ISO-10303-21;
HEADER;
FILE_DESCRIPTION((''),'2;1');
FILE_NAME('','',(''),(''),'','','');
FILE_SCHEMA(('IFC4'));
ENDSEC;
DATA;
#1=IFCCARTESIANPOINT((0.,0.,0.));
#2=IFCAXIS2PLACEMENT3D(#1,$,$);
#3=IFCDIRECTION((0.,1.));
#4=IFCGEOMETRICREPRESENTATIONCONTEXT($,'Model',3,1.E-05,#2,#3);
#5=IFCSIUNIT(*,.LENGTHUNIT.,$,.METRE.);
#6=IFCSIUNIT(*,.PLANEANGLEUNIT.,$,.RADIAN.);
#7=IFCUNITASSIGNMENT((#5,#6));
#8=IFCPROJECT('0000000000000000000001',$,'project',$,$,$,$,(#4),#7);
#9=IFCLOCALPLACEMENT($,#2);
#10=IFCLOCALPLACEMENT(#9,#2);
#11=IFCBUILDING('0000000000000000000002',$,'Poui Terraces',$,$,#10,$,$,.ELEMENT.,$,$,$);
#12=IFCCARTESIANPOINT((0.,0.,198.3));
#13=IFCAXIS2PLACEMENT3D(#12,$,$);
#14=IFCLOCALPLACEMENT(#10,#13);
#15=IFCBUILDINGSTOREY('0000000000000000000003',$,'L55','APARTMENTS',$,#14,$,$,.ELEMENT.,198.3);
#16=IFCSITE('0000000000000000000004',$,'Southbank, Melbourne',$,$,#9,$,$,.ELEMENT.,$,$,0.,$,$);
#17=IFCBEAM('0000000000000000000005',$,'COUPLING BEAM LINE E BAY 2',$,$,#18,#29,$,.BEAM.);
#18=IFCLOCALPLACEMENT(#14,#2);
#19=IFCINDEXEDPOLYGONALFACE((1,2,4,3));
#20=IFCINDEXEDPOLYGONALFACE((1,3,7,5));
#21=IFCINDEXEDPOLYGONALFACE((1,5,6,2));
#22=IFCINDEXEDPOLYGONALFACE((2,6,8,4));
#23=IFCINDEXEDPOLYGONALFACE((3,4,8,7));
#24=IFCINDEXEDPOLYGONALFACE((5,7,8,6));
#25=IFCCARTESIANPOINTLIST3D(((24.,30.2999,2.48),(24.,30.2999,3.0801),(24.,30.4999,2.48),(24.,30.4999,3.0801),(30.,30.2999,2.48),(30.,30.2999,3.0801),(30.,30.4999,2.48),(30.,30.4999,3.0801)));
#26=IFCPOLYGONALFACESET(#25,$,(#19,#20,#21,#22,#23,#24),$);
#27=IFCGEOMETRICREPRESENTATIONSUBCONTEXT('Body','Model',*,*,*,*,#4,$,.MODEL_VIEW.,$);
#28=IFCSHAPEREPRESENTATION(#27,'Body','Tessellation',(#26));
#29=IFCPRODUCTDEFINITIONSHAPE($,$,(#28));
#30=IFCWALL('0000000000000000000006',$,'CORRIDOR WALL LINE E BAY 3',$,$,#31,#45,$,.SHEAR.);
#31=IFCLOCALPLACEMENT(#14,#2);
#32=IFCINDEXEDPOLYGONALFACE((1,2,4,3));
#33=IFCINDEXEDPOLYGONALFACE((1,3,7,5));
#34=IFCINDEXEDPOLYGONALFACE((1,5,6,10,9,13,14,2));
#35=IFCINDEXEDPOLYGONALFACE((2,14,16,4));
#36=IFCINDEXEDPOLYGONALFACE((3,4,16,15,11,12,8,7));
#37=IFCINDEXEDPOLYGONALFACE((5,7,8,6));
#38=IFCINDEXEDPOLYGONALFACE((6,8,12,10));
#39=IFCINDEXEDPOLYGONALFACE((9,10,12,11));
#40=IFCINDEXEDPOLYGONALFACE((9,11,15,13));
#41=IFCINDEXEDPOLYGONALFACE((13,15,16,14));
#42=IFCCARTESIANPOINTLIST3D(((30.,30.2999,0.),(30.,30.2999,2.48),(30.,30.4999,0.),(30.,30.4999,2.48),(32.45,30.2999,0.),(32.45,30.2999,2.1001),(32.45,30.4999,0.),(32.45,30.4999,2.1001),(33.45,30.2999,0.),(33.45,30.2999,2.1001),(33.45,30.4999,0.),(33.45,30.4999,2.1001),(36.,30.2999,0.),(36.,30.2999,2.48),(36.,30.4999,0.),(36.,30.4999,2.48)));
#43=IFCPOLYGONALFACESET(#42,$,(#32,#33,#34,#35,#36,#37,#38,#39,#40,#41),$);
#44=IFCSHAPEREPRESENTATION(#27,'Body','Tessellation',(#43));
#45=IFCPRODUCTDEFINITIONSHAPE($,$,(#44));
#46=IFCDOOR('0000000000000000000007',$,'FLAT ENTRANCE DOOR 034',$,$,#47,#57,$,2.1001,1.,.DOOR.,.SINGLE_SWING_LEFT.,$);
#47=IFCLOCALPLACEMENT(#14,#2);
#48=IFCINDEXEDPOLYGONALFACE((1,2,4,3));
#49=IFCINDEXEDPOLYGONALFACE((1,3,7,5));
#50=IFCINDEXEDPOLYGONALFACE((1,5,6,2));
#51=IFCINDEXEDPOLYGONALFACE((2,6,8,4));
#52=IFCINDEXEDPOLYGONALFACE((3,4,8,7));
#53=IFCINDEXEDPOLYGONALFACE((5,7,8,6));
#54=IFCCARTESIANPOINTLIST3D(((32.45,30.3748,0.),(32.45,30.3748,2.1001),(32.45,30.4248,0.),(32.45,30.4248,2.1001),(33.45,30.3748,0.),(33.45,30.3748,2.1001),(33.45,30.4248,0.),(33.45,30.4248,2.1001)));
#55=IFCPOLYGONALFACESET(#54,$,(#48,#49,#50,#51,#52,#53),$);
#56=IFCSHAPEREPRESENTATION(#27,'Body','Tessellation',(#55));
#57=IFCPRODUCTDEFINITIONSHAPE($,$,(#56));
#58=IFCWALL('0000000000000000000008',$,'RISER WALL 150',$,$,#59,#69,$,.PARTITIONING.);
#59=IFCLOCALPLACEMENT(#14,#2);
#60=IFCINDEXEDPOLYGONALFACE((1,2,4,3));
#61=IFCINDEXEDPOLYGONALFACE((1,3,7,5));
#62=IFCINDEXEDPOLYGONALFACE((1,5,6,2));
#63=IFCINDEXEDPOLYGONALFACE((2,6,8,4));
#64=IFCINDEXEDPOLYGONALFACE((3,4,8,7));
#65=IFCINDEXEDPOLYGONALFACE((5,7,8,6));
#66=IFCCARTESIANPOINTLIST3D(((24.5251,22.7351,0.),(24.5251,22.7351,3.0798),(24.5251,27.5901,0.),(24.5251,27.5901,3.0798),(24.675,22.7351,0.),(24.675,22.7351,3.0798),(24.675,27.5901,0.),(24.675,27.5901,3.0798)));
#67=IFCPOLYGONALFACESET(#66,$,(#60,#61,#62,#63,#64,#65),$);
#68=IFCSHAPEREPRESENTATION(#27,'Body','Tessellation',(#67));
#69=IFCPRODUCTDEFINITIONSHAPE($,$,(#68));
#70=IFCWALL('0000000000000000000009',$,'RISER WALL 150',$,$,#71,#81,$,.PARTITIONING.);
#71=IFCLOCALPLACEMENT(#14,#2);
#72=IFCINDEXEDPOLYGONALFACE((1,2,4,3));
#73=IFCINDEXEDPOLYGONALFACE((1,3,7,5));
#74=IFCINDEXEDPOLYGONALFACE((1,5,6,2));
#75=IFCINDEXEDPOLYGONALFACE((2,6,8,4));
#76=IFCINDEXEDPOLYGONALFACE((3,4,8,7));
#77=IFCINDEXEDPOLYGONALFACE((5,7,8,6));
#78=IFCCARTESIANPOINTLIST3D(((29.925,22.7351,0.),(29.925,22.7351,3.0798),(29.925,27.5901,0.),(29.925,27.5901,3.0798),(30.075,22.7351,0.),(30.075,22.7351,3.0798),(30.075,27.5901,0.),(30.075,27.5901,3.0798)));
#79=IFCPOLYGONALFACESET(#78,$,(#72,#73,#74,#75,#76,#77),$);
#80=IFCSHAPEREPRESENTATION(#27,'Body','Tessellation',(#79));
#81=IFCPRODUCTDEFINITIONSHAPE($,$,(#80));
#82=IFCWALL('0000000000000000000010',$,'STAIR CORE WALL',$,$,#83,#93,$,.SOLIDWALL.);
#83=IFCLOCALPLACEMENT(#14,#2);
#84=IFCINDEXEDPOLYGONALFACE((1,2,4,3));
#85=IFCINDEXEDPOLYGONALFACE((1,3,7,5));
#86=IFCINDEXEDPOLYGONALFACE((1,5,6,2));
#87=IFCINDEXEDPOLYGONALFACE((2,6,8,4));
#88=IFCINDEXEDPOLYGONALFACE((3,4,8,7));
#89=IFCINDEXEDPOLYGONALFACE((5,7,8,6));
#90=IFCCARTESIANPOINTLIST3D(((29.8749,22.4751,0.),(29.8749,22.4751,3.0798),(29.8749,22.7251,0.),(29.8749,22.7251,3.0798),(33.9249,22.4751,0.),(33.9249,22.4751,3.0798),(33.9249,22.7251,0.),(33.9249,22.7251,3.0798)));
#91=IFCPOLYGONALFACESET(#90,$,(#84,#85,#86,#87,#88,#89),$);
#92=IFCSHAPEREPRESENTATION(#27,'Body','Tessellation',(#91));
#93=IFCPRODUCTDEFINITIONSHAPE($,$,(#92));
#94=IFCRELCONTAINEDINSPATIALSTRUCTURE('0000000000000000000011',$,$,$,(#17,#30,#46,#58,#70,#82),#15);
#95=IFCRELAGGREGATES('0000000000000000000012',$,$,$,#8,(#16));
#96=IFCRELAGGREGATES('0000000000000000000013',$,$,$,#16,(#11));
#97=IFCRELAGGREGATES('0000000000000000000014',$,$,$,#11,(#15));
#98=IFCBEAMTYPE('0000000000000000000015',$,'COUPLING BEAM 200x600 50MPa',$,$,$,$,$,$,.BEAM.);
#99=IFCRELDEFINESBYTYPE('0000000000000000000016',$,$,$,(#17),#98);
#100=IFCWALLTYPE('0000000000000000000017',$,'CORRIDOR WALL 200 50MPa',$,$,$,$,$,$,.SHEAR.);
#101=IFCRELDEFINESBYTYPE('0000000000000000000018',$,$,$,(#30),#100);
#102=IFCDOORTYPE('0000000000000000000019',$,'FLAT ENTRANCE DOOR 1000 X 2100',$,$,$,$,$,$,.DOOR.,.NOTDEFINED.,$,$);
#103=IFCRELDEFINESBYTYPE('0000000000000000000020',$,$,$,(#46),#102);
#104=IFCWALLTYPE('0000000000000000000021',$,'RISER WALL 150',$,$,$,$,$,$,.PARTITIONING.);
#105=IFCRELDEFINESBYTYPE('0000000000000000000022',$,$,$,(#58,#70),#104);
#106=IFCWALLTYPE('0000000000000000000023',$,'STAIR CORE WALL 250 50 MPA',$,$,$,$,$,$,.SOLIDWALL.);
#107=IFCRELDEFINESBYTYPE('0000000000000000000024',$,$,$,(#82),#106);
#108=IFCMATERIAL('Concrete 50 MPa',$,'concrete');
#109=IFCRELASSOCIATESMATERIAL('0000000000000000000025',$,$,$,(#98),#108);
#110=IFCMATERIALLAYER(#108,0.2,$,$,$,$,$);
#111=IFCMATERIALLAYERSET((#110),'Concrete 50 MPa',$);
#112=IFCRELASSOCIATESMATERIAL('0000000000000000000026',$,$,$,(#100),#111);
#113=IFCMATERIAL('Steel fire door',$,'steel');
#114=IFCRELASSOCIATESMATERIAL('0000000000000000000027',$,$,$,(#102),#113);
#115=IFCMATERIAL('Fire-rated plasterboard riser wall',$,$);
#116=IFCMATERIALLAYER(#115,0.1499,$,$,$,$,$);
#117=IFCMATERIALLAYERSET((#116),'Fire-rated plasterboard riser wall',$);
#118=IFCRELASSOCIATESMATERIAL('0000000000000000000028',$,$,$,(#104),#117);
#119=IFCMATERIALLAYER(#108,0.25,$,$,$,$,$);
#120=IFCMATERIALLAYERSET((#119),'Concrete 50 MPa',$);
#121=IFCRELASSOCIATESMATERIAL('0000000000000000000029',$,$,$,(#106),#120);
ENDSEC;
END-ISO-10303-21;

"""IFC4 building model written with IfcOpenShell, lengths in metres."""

from ifc_helpers import new_model, si_unit, direction, frame, frame_2d, origin, origin_2d, place, context, subcontext, project, spatial, rectangle, extrude, source, transform, mapped, material, layer, layer_set, material_profile, profile_set, type_object, element, fill, save


model = new_model("IFC4")

# Units and contexts
model_context = context("Model", 3, precision=1e-05, world=origin(), true_north=direction((0.0, 1.0)))
body_context = subcontext(model_context, "Body", "Model", "MODEL_VIEW")
ifc_project = project(units=[si_unit("LENGTHUNIT", "METRE"), si_unit("PLANEANGLEUNIT", "RADIAN")], contexts=[model_context])

# Site, building, storey
site_placement = place(None, origin())
site = spatial("IfcSite", under=ifc_project, at=site_placement, Name="Southbank, Melbourne", CompositionType="ELEMENT", RefElevation=0.0)
building_placement = place(site_placement, origin())
building = spatial("IfcBuilding", under=site, at=building_placement, Name="Poui Terraces", CompositionType="ELEMENT")
storey_placement = place(building_placement, frame((0.0, 0.0, 198.3)))
storey = spatial("IfcBuildingStorey", under=building, at=storey_placement, Name="L55", Description="APARTMENTS", CompositionType="ELEMENT", Elevation=198.3)

# Beam
ifc_material_1 = material(Name="Concrete 50 MPa", Category="concrete")
ifc_material_profile = material_profile(ifc_material_1, rectangle(XDim=0.2, YDim=0.6001, at=origin_2d()), Name="RC 200x600")
ifc_profile_set = profile_set([ifc_material_profile], Name="Concrete 50 MPa")
beam_type = type_object("IfcBeamType", Name="COUPLING BEAM 200x600 50MPa", PredefinedType="BEAM", material=ifc_profile_set)
shared_shape = source(origin(), body_context, "Body", "SweptSolid", [
    extrude(rectangle(XDim=0.2, YDim=0.6001, at=origin_2d()), origin(), (0.0, 0.0, 1.0), 6.0),
])
beam_placement = place(storey_placement, frame((24.0, 30.3999, 2.78), z_axis=(1.0, 0.0, 0.0), x_axis=(0.0, 1.0, 0.0)))
element("IfcBeam", 1, at=beam_placement, inside=storey, type_object=beam_type, Name="COUPLING BEAM LINE E BAY 2", PredefinedType="BEAM", context=body_context, shape_type="MappedRepresentation", body=[
    mapped(shared_shape, transform((0.0, 0.0, 0.0))),
])

# Wall, opening, door
ifc_layer_1 = layer(ifc_material_1, 0.2)
ifc_layer_set_1 = layer_set([ifc_layer_1], Name="Concrete 50 MPa")
wall_type_1 = type_object("IfcWallType", Name="CORRIDOR WALL 200 50MPa", PredefinedType="SHEAR", material=ifc_layer_set_1)
wall_1_placement = place(storey_placement, frame((30.0, 30.3999, 0.0), z_axis=(0.0, 0.0, 1.0), x_axis=(1.0, 0.0, 0.0)))
wall_1 = element("IfcWall", 2, at=wall_1_placement, inside=storey, type_object=wall_type_1, Name="CORRIDOR WALL LINE E BAY 3", PredefinedType="SHEAR", context=body_context, shape_type="SweptSolid", body=[
    extrude(rectangle(XDim=6.0, YDim=0.2, at=frame_2d((3.0, 0.0))), origin(), (0.0, 0.0, 1.0), 2.48),
])
opening_placement = place(wall_1_placement, frame((2.45, 0.0, 0.0)))
opening = element("IfcOpeningElement", 3, at=opening_placement, cuts=wall_1, PredefinedType="OPENING", context=body_context, shape_type="SweptSolid", body=[
    extrude(rectangle(XDim=1.0, YDim=2.1001, at=frame_2d((0.5, 1.05))), frame((0.0, 0.1099, 0.0), z_axis=(0.0, -1.0, 0.0), x_axis=(1.0, 0.0, 0.0)), (0.0, 0.0, 1.0), 0.22),
])
ifc_material_2 = material(Name="Steel fire door", Category="steel")
door_type = type_object("IfcDoorType", Name="FLAT ENTRANCE DOOR 1000 X 2100", OperationType="NOTDEFINED", PredefinedType="DOOR", material=ifc_material_2)
door_placement = place(opening_placement, origin())
door = element("IfcDoor", 4, at=door_placement, inside=storey, type_object=door_type, Name="FLAT ENTRANCE DOOR 034", OperationType="SINGLE_SWING_LEFT", OverallHeight=2.1001, OverallWidth=1.0, PredefinedType="DOOR", context=body_context, shape_type="SweptSolid", body=[
    extrude(rectangle(XDim=1.0, YDim=2.1001, at=frame_2d((0.5, 1.05))), frame((0.0, 0.0249, 0.0), z_axis=(0.0, -1.0, 0.0), x_axis=(1.0, 0.0, 0.0)), (0.0, 0.0, 1.0), 0.05),
])
fill(opening, door)

# Walls
ifc_material_3 = material(Name="Fire-rated plasterboard riser wall")
ifc_layer_2 = layer(ifc_material_3, 0.1499)
ifc_layer_set_2 = layer_set([ifc_layer_2], Name="Fire-rated plasterboard riser wall")
wall_type_2 = type_object("IfcWallType", Name="RISER WALL 150", PredefinedType="PARTITIONING", material=ifc_layer_set_2)
for number, where, z_axis, x_axis, name in (
    (5, (24.6001, 22.7351, 0.0), (0.0, 0.0, 1.0), (0.0, 1.0, 0.0), "RISER WALL 150"),
    (6, (30.0, 22.7351, 0.0), (0.0, 0.0, 1.0), (0.0, 1.0, 0.0), "RISER WALL 150"),
):
    element("IfcWall", number, at=place(storey_placement, frame(where, z_axis=z_axis, x_axis=x_axis)), inside=storey, type_object=wall_type_2, Name=name, PredefinedType="PARTITIONING", context=body_context, shape_type="SweptSolid", body=[
        extrude(rectangle(XDim=4.855, YDim=0.1499, at=frame_2d((2.4275, 0.0))), origin(), (0.0, 0.0, 1.0), 3.0798),
    ])
ifc_layer_3 = layer(ifc_material_1, 0.25)
ifc_layer_set_3 = layer_set([ifc_layer_3], Name="Concrete 50 MPa")
wall_type_3 = type_object("IfcWallType", Name="STAIR CORE WALL 250 50 MPA", PredefinedType="SOLIDWALL", material=ifc_layer_set_3)
wall_2_placement = place(storey_placement, frame((29.875, 22.6001, 0.0), z_axis=(0.0, 0.0, 1.0), x_axis=(1.0, 0.0, 0.0)))
element("IfcWall", 7, at=wall_2_placement, inside=storey, type_object=wall_type_3, Name="STAIR CORE WALL", PredefinedType="SOLIDWALL", context=body_context, shape_type="SweptSolid", body=[
    extrude(rectangle(XDim=4.05, YDim=0.25, at=frame_2d((2.0249, 0.0))), origin(), (0.0, 0.0, 1.0), 3.0798),
])

save(model, "model.ifc")
